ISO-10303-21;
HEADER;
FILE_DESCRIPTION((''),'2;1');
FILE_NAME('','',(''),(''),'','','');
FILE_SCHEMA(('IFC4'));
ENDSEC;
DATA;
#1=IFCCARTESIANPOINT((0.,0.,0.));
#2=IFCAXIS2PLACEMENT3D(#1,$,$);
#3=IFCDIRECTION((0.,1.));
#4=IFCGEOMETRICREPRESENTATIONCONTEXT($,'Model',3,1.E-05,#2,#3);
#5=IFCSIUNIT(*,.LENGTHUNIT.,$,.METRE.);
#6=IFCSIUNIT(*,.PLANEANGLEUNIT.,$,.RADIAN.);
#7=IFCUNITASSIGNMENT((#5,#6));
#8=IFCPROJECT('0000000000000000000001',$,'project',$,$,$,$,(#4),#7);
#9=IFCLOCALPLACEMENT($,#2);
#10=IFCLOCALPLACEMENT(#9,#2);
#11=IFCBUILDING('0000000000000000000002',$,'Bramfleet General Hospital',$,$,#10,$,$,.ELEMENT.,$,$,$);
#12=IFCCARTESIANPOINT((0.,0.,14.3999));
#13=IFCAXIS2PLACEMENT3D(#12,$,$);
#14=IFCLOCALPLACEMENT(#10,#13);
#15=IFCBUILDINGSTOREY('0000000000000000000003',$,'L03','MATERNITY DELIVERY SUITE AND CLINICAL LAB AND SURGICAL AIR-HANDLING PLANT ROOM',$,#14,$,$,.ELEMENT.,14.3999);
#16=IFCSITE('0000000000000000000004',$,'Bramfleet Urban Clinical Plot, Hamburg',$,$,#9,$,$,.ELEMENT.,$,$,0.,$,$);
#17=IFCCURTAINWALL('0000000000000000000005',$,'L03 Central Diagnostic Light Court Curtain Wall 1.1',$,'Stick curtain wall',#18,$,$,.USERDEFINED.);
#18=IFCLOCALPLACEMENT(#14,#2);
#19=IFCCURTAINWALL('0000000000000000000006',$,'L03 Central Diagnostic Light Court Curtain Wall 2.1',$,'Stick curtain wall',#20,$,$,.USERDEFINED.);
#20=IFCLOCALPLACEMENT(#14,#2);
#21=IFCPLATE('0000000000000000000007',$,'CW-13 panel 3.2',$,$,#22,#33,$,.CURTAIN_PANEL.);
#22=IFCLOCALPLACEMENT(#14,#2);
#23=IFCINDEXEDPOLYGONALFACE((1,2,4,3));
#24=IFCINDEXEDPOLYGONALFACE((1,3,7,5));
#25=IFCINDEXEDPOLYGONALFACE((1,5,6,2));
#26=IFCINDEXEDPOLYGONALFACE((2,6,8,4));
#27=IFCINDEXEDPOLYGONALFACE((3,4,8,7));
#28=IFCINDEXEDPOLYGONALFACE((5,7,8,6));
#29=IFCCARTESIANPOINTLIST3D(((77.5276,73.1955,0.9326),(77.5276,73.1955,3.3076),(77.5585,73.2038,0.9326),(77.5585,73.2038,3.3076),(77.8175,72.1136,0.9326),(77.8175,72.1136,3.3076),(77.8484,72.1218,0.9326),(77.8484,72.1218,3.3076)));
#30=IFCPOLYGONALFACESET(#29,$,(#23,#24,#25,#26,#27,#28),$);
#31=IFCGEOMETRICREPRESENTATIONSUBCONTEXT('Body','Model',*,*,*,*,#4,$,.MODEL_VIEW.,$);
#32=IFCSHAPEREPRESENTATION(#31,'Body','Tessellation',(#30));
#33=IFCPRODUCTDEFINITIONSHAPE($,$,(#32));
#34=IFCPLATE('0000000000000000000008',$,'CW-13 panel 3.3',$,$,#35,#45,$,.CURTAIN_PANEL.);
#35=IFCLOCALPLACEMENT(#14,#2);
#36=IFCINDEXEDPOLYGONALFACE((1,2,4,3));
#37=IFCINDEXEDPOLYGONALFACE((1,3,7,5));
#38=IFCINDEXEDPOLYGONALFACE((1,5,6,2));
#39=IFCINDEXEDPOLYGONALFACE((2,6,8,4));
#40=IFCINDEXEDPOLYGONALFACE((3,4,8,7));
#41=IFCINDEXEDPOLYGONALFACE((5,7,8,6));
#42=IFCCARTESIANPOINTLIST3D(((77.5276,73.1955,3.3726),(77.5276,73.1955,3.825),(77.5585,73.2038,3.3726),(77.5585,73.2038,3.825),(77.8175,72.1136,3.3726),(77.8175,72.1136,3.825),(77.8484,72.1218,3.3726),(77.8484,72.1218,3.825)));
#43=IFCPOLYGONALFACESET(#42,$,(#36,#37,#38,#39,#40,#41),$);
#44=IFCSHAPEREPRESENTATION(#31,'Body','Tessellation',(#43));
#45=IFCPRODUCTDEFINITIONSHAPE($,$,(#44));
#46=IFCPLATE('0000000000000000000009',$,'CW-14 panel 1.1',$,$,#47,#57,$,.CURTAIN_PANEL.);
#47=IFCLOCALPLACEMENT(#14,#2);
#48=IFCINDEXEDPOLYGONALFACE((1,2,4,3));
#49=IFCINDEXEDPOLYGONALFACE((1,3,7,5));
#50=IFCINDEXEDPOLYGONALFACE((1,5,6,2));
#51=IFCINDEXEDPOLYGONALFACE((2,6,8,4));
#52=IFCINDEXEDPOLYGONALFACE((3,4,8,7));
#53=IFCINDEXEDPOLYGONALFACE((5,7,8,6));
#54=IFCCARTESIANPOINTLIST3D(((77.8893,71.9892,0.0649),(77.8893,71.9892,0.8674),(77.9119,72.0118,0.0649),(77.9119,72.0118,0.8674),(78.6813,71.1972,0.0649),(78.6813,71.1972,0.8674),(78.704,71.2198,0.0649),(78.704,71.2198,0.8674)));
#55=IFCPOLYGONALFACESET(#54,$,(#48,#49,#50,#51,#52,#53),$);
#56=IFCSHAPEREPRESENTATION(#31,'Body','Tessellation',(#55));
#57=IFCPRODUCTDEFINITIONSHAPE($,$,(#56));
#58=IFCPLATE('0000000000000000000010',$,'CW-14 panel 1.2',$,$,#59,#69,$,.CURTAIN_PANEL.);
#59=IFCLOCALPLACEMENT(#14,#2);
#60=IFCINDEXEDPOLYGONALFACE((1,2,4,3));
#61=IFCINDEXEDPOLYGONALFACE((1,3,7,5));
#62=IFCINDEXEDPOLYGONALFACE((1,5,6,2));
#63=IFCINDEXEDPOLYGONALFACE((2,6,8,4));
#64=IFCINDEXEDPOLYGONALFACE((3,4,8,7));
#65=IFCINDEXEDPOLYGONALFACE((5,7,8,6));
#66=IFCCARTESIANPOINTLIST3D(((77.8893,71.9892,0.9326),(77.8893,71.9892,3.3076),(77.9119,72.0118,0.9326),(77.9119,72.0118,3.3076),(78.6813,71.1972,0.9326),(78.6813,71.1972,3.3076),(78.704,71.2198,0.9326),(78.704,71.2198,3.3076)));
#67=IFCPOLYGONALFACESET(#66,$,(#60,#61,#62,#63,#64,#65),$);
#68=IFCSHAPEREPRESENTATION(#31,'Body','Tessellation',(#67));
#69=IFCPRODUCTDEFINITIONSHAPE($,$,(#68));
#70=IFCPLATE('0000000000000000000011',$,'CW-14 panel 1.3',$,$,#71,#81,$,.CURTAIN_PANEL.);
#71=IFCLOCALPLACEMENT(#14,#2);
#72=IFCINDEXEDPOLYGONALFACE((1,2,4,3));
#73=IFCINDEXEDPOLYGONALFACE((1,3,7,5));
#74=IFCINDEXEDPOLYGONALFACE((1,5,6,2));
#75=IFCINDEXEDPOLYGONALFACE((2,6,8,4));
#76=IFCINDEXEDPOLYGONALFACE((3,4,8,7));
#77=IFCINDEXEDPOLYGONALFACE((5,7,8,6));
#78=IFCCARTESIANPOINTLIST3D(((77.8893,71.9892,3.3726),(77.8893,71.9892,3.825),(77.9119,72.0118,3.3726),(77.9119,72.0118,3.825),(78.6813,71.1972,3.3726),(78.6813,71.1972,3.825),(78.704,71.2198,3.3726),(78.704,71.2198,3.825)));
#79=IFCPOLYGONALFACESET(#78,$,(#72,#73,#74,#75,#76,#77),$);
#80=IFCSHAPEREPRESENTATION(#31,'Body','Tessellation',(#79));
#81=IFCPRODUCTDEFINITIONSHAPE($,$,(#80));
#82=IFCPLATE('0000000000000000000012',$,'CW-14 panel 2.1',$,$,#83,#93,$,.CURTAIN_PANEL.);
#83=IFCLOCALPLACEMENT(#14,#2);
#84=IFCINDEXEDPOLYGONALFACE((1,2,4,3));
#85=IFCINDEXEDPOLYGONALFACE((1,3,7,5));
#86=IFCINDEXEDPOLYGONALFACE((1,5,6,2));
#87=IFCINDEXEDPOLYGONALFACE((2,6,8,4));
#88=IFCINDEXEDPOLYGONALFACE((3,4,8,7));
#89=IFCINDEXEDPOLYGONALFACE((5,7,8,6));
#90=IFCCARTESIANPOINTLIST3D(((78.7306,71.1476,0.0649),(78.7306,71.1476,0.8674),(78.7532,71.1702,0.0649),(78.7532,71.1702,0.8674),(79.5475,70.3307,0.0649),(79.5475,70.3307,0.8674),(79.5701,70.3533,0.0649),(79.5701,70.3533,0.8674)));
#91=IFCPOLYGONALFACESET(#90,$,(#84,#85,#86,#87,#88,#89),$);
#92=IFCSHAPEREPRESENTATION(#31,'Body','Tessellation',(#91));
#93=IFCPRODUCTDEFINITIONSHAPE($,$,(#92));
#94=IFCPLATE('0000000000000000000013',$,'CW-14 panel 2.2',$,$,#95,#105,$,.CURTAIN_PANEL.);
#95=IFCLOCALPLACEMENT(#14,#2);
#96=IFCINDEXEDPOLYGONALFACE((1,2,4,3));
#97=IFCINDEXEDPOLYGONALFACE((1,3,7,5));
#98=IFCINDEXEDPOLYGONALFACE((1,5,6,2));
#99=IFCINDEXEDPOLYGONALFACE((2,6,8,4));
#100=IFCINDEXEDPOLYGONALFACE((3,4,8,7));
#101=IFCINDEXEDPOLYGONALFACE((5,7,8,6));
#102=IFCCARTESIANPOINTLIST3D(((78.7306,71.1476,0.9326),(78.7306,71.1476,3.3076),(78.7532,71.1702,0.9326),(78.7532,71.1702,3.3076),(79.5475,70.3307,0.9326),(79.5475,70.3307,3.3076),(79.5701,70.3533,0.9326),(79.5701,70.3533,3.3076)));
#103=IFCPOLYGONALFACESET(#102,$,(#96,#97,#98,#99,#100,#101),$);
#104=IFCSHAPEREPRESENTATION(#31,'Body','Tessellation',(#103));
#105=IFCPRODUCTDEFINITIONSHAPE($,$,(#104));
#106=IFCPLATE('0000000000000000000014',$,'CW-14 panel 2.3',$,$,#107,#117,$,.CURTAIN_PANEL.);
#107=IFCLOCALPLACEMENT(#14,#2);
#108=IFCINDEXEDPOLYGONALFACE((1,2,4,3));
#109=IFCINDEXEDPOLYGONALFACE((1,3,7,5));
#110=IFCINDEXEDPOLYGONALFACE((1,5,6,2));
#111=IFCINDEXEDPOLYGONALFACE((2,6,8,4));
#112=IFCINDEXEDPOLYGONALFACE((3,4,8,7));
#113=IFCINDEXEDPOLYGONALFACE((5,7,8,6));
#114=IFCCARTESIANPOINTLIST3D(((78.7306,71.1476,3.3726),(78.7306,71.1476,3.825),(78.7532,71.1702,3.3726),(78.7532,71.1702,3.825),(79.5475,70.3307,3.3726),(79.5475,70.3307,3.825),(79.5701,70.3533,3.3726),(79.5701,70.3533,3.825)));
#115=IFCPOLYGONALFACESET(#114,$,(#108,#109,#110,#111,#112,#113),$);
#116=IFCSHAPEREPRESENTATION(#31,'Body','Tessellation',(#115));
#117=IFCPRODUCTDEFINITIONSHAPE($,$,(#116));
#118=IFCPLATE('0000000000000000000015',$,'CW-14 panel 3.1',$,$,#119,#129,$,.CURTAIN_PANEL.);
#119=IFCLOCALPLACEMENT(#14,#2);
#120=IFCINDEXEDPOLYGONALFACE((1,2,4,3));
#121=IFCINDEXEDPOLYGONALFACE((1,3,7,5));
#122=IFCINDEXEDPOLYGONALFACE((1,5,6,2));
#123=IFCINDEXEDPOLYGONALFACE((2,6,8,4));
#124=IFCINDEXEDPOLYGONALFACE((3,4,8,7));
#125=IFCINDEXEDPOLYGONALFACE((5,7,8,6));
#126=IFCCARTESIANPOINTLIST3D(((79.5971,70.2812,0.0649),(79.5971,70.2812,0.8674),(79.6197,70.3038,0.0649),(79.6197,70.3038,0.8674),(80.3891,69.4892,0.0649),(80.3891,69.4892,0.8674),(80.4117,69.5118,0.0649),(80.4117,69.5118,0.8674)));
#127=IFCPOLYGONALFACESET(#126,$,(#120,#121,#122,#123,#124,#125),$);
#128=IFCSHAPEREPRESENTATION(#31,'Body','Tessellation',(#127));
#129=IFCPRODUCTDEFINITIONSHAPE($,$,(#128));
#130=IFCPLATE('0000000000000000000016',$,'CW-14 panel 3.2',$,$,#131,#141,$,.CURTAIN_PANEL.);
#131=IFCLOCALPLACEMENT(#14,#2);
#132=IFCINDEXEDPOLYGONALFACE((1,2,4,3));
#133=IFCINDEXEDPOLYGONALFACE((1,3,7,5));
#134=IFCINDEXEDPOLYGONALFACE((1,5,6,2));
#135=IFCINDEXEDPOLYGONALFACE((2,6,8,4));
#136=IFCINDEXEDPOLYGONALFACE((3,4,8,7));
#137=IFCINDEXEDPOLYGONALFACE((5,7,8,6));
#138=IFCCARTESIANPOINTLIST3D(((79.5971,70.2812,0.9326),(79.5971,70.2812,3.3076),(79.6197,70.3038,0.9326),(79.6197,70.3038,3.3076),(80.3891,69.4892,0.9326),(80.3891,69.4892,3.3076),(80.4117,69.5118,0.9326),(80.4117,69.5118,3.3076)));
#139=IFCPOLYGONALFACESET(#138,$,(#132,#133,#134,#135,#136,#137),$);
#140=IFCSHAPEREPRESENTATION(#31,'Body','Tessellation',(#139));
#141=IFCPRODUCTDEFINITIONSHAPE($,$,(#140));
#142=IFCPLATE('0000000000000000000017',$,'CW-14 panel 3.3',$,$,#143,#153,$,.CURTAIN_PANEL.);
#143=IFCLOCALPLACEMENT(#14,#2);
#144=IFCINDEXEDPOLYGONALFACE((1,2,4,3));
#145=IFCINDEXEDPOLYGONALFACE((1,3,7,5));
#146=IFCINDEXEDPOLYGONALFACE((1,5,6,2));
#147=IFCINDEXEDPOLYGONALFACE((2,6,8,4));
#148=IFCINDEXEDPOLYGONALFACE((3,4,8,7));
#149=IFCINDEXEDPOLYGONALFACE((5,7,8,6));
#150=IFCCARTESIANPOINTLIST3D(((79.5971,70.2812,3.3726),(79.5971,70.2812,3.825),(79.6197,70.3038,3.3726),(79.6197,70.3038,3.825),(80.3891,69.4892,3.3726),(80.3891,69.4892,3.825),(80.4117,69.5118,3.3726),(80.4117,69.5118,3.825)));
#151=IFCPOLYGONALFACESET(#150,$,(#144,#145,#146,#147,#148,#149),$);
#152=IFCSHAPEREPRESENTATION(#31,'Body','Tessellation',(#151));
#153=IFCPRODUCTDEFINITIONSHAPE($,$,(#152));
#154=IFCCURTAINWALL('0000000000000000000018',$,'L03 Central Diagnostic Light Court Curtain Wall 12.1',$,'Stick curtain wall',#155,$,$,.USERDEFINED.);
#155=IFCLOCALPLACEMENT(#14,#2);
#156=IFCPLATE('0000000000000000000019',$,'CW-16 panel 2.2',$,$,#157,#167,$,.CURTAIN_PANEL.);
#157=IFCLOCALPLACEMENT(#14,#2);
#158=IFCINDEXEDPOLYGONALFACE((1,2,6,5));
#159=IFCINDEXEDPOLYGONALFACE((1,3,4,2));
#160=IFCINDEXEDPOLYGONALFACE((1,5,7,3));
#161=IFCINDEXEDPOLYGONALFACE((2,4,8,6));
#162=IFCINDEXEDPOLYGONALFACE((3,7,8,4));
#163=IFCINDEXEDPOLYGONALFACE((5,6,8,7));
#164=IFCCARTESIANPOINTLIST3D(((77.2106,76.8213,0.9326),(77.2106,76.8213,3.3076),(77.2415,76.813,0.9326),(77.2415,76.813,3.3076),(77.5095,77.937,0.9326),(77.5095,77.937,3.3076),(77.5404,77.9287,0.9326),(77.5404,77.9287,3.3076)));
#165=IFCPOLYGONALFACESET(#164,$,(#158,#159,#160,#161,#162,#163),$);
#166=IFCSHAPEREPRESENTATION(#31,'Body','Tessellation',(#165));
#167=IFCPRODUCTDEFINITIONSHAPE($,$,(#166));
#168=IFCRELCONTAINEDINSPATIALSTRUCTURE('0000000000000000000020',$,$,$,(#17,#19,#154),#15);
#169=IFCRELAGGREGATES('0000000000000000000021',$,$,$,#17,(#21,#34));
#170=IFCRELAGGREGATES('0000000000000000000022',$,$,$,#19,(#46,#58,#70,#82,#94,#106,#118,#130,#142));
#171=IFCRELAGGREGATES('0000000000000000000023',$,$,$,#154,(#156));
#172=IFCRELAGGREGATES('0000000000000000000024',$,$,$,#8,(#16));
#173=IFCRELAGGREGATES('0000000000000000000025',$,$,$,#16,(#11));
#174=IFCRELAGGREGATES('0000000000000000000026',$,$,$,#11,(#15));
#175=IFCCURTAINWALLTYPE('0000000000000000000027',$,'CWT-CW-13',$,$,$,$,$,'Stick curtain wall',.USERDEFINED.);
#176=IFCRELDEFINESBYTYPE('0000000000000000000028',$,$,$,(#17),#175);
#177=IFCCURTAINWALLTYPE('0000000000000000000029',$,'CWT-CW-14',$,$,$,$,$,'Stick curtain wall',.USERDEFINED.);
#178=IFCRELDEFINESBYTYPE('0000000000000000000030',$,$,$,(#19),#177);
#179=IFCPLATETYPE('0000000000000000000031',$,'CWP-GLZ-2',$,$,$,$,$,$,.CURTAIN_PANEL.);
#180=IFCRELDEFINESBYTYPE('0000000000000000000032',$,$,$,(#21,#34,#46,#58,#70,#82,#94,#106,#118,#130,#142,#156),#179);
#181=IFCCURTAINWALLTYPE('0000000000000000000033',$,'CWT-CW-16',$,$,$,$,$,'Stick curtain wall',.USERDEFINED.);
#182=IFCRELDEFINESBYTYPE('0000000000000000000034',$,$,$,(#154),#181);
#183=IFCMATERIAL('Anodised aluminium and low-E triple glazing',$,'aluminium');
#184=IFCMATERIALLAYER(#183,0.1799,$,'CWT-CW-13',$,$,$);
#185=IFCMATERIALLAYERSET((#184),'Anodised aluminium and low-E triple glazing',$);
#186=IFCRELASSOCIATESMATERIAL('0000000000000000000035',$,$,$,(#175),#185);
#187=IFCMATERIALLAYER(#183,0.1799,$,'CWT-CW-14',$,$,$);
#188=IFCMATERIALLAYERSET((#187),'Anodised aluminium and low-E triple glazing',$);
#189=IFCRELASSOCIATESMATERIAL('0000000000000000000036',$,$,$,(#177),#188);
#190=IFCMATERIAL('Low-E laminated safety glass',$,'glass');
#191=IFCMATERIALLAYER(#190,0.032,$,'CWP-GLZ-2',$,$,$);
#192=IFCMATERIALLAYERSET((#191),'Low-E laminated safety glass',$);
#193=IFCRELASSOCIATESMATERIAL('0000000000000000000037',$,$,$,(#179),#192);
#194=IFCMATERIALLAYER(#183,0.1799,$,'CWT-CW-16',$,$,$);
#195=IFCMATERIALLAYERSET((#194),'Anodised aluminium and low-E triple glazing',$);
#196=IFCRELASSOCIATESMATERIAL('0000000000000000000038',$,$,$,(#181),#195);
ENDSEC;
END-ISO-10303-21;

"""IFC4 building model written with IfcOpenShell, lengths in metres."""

from ifc_helpers import new_model, si_unit, direction, frame, origin, origin_2d, place, context, subcontext, project, spatial, rectangle, extrude, material, layer, layer_set, type_object, element, aggregate, save


model = new_model("IFC4")

# Units and contexts
model_context = context("Model", 3, precision=1e-05, world=origin(), true_north=direction((0.0, 1.0)))
body_context = subcontext(model_context, "Body", "Model", "MODEL_VIEW")
ifc_project = project(units=[si_unit("LENGTHUNIT", "METRE"), si_unit("PLANEANGLEUNIT", "RADIAN")], contexts=[model_context])

# Site, building, storey
site_placement = place(None, origin())
site = spatial("IfcSite", under=ifc_project, at=site_placement, Name="Bramfleet Urban Clinical Plot, Hamburg", CompositionType="ELEMENT", RefElevation=0.0)
building_placement = place(site_placement, origin())
building = spatial("IfcBuilding", under=site, at=building_placement, Name="Bramfleet General Hospital", CompositionType="ELEMENT")
storey_placement = place(building_placement, frame((0.0, 0.0, 14.3999)))
storey = spatial("IfcBuildingStorey", under=building, at=storey_placement, Name="L03", Description="MATERNITY DELIVERY SUITE AND CLINICAL LAB AND SURGICAL AIR-HANDLING PLANT ROOM", CompositionType="ELEMENT", Elevation=14.3999)

# Curtain walls
ifc_material_1 = material(Name="Anodised aluminium and low-E triple glazing", Category="aluminium")
ifc_layer_1 = layer(ifc_material_1, 0.1799, Name="CWT-CW-13")
ifc_layer_set_1 = layer_set([ifc_layer_1], Name="Anodised aluminium and low-E triple glazing")
curtain_wall_type_1 = type_object("IfcCurtainWallType", Name="CWT-CW-13", ElementType="Stick curtain wall", PredefinedType="USERDEFINED", material=ifc_layer_set_1)
curtain_wall_1_placement = place(storey_placement, origin())
curtain_wall_1 = element("IfcCurtainWall", 1, at=curtain_wall_1_placement, inside=storey, type_object=curtain_wall_type_1, Name="L03 Central Diagnostic Light Court Curtain Wall 1.1", ObjectType="Stick curtain wall", PredefinedType="USERDEFINED")
ifc_layer_2 = layer(ifc_material_1, 0.1799, Name="CWT-CW-14")
ifc_layer_set_2 = layer_set([ifc_layer_2], Name="Anodised aluminium and low-E triple glazing")
curtain_wall_type_2 = type_object("IfcCurtainWallType", Name="CWT-CW-14", ElementType="Stick curtain wall", PredefinedType="USERDEFINED", material=ifc_layer_set_2)
curtain_wall_2_placement = place(storey_placement, origin())
curtain_wall_2 = element("IfcCurtainWall", 2, at=curtain_wall_2_placement, inside=storey, type_object=curtain_wall_type_2, Name="L03 Central Diagnostic Light Court Curtain Wall 2.1", ObjectType="Stick curtain wall", PredefinedType="USERDEFINED")

# Plates
ifc_material_2 = material(Name="Low-E laminated safety glass", Category="glass")
ifc_layer_3 = layer(ifc_material_2, 0.032, Name="CWP-GLZ-2")
ifc_layer_set_3 = layer_set([ifc_layer_3], Name="Low-E laminated safety glass")
plate_type = type_object("IfcPlateType", Name="CWP-GLZ-2", PredefinedType="CURTAIN_PANEL", material=ifc_layer_set_3)
plate_1_placement = place(storey_placement, frame((77.688, 72.6587, 0.9326), z_axis=(0.0, 0.0, 1.0), x_axis=(0.258763, -0.965941, 0.0)))
plate_1 = element("IfcPlate", 3, at=plate_1_placement, type_object=plate_type, Name="CW-13 panel 3.2", PredefinedType="CURTAIN_PANEL", context=body_context, shape_type="SweptSolid", body=[
    extrude(rectangle(XDim=1.1201, YDim=0.032, at=origin_2d()), origin(), (0.0, 0.0, 1.0), 2.375),
])
plate_2_placement = place(storey_placement, frame((77.688, 72.6587, 3.3726), z_axis=(0.0, 0.0, 1.0), x_axis=(0.258763, -0.965941, 0.0)))
plate_2 = element("IfcPlate", 4, at=plate_2_placement, type_object=plate_type, Name="CW-13 panel 3.3", PredefinedType="CURTAIN_PANEL", context=body_context, shape_type="SweptSolid", body=[
    extrude(rectangle(XDim=1.1201, YDim=0.032, at=origin_2d()), origin(), (0.0, 0.0, 1.0), 0.4524),
])
aggregate(curtain_wall_1, [plate_1, plate_2])
plate_3_placement = place(storey_placement, frame((78.2966, 71.6045, 0.0649), z_axis=(0.0, 0.0, 1.0), x_axis=(0.707107, -0.707107, 0.0)))
plate_3 = element("IfcPlate", 5, at=plate_3_placement, type_object=plate_type, Name="CW-14 panel 1.1", PredefinedType="CURTAIN_PANEL", context=body_context, shape_type="SweptSolid", body=[
    extrude(rectangle(XDim=1.1201, YDim=0.032, at=origin_2d()), origin(), (0.0, 0.0, 1.0), 0.8025),
])
plate_4_placement = place(storey_placement, frame((78.2966, 71.6045, 0.9326), z_axis=(0.0, 0.0, 1.0), x_axis=(0.707107, -0.707107, 0.0)))
plate_4 = element("IfcPlate", 6, at=plate_4_placement, type_object=plate_type, Name="CW-14 panel 1.2", PredefinedType="CURTAIN_PANEL", context=body_context, shape_type="SweptSolid", body=[
    extrude(rectangle(XDim=1.1201, YDim=0.032, at=origin_2d()), origin(), (0.0, 0.0, 1.0), 2.375),
])
plate_5_placement = place(storey_placement, frame((78.2966, 71.6045, 3.3726), z_axis=(0.0, 0.0, 1.0), x_axis=(0.707107, -0.707107, 0.0)))
plate_5 = element("IfcPlate", 7, at=plate_5_placement, type_object=plate_type, Name="CW-14 panel 1.3", PredefinedType="CURTAIN_PANEL", context=body_context, shape_type="SweptSolid", body=[
    extrude(rectangle(XDim=1.1201, YDim=0.032, at=origin_2d()), origin(), (0.0, 0.0, 1.0), 0.4524),
])
plate_6_placement = place(storey_placement, frame((79.1504, 70.7505, 0.0649), z_axis=(0.0, 0.0, 1.0), x_axis=(0.707107, -0.707107, 0.0)))
plate_6 = element("IfcPlate", 8, at=plate_6_placement, type_object=plate_type, Name="CW-14 panel 2.1", PredefinedType="CURTAIN_PANEL", context=body_context, shape_type="SweptSolid", body=[
    extrude(rectangle(XDim=1.1553, YDim=0.032, at=origin_2d()), origin(), (0.0, 0.0, 1.0), 0.8025),
])
plate_7_placement = place(storey_placement, frame((79.1504, 70.7505, 0.9326), z_axis=(0.0, 0.0, 1.0), x_axis=(0.707107, -0.707107, 0.0)))
plate_7 = element("IfcPlate", 9, at=plate_7_placement, type_object=plate_type, Name="CW-14 panel 2.2", PredefinedType="CURTAIN_PANEL", context=body_context, shape_type="SweptSolid", body=[
    extrude(rectangle(XDim=1.1553, YDim=0.032, at=origin_2d()), origin(), (0.0, 0.0, 1.0), 2.375),
])
plate_8_placement = place(storey_placement, frame((79.1504, 70.7505, 3.3726), z_axis=(0.0, 0.0, 1.0), x_axis=(0.707107, -0.707107, 0.0)))
plate_8 = element("IfcPlate", 10, at=plate_8_placement, type_object=plate_type, Name="CW-14 panel 2.3", PredefinedType="CURTAIN_PANEL", context=body_context, shape_type="SweptSolid", body=[
    extrude(rectangle(XDim=1.1553, YDim=0.032, at=origin_2d()), origin(), (0.0, 0.0, 1.0), 0.4524),
])
plate_9_placement = place(storey_placement, frame((80.0044, 69.8965, 0.0649), z_axis=(0.0, 0.0, 1.0), x_axis=(0.707107, -0.707107, 0.0)))
plate_9 = element("IfcPlate", 11, at=plate_9_placement, type_object=plate_type, Name="CW-14 panel 3.1", PredefinedType="CURTAIN_PANEL", context=body_context, shape_type="SweptSolid", body=[
    extrude(rectangle(XDim=1.1201, YDim=0.032, at=origin_2d()), origin(), (0.0, 0.0, 1.0), 0.8025),
])
plate_10_placement = place(storey_placement, frame((80.0044, 69.8965, 0.9326), z_axis=(0.0, 0.0, 1.0), x_axis=(0.707107, -0.707107, 0.0)))
plate_10 = element("IfcPlate", 12, at=plate_10_placement, type_object=plate_type, Name="CW-14 panel 3.2", PredefinedType="CURTAIN_PANEL", context=body_context, shape_type="SweptSolid", body=[
    extrude(rectangle(XDim=1.1201, YDim=0.032, at=origin_2d()), origin(), (0.0, 0.0, 1.0), 2.375),
])
plate_11_placement = place(storey_placement, frame((80.0044, 69.8965, 3.3726), z_axis=(0.0, 0.0, 1.0), x_axis=(0.707107, -0.707107, 0.0)))
plate_11 = element("IfcPlate", 13, at=plate_11_placement, type_object=plate_type, Name="CW-14 panel 3.3", PredefinedType="CURTAIN_PANEL", context=body_context, shape_type="SweptSolid", body=[
    extrude(rectangle(XDim=1.1201, YDim=0.032, at=origin_2d()), origin(), (0.0, 0.0, 1.0), 0.4524),
])
aggregate(curtain_wall_2, [plate_3, plate_4, plate_5, plate_6, plate_7, plate_8, plate_9, plate_10, plate_11])

# Curtain wall, plate
ifc_layer_4 = layer(ifc_material_1, 0.1799, Name="CWT-CW-16")
ifc_layer_set_4 = layer_set([ifc_layer_4], Name="Anodised aluminium and low-E triple glazing")
curtain_wall_type_3 = type_object("IfcCurtainWallType", Name="CWT-CW-16", ElementType="Stick curtain wall", PredefinedType="USERDEFINED", material=ifc_layer_set_4)
curtain_wall_3_placement = place(storey_placement, origin())
curtain_wall_3 = element("IfcCurtainWall", 14, at=curtain_wall_3_placement, inside=storey, type_object=curtain_wall_type_3, Name="L03 Central Diagnostic Light Court Curtain Wall 12.1", ObjectType="Stick curtain wall", PredefinedType="USERDEFINED")
plate_12_placement = place(storey_placement, frame((77.3755, 77.375, 0.9326), z_axis=(0.0, 0.0, 1.0), x_axis=(-0.258763, -0.965941, 0.0)))
plate_12 = element("IfcPlate", 15, at=plate_12_placement, type_object=plate_type, Name="CW-16 panel 2.2", PredefinedType="CURTAIN_PANEL", context=body_context, shape_type="SweptSolid", body=[
    extrude(rectangle(XDim=1.155, YDim=0.032, at=origin_2d()), origin(), (0.0, 0.0, 1.0), 2.375),
])
aggregate(curtain_wall_3, [plate_12])

save(model, "model.ifc")
